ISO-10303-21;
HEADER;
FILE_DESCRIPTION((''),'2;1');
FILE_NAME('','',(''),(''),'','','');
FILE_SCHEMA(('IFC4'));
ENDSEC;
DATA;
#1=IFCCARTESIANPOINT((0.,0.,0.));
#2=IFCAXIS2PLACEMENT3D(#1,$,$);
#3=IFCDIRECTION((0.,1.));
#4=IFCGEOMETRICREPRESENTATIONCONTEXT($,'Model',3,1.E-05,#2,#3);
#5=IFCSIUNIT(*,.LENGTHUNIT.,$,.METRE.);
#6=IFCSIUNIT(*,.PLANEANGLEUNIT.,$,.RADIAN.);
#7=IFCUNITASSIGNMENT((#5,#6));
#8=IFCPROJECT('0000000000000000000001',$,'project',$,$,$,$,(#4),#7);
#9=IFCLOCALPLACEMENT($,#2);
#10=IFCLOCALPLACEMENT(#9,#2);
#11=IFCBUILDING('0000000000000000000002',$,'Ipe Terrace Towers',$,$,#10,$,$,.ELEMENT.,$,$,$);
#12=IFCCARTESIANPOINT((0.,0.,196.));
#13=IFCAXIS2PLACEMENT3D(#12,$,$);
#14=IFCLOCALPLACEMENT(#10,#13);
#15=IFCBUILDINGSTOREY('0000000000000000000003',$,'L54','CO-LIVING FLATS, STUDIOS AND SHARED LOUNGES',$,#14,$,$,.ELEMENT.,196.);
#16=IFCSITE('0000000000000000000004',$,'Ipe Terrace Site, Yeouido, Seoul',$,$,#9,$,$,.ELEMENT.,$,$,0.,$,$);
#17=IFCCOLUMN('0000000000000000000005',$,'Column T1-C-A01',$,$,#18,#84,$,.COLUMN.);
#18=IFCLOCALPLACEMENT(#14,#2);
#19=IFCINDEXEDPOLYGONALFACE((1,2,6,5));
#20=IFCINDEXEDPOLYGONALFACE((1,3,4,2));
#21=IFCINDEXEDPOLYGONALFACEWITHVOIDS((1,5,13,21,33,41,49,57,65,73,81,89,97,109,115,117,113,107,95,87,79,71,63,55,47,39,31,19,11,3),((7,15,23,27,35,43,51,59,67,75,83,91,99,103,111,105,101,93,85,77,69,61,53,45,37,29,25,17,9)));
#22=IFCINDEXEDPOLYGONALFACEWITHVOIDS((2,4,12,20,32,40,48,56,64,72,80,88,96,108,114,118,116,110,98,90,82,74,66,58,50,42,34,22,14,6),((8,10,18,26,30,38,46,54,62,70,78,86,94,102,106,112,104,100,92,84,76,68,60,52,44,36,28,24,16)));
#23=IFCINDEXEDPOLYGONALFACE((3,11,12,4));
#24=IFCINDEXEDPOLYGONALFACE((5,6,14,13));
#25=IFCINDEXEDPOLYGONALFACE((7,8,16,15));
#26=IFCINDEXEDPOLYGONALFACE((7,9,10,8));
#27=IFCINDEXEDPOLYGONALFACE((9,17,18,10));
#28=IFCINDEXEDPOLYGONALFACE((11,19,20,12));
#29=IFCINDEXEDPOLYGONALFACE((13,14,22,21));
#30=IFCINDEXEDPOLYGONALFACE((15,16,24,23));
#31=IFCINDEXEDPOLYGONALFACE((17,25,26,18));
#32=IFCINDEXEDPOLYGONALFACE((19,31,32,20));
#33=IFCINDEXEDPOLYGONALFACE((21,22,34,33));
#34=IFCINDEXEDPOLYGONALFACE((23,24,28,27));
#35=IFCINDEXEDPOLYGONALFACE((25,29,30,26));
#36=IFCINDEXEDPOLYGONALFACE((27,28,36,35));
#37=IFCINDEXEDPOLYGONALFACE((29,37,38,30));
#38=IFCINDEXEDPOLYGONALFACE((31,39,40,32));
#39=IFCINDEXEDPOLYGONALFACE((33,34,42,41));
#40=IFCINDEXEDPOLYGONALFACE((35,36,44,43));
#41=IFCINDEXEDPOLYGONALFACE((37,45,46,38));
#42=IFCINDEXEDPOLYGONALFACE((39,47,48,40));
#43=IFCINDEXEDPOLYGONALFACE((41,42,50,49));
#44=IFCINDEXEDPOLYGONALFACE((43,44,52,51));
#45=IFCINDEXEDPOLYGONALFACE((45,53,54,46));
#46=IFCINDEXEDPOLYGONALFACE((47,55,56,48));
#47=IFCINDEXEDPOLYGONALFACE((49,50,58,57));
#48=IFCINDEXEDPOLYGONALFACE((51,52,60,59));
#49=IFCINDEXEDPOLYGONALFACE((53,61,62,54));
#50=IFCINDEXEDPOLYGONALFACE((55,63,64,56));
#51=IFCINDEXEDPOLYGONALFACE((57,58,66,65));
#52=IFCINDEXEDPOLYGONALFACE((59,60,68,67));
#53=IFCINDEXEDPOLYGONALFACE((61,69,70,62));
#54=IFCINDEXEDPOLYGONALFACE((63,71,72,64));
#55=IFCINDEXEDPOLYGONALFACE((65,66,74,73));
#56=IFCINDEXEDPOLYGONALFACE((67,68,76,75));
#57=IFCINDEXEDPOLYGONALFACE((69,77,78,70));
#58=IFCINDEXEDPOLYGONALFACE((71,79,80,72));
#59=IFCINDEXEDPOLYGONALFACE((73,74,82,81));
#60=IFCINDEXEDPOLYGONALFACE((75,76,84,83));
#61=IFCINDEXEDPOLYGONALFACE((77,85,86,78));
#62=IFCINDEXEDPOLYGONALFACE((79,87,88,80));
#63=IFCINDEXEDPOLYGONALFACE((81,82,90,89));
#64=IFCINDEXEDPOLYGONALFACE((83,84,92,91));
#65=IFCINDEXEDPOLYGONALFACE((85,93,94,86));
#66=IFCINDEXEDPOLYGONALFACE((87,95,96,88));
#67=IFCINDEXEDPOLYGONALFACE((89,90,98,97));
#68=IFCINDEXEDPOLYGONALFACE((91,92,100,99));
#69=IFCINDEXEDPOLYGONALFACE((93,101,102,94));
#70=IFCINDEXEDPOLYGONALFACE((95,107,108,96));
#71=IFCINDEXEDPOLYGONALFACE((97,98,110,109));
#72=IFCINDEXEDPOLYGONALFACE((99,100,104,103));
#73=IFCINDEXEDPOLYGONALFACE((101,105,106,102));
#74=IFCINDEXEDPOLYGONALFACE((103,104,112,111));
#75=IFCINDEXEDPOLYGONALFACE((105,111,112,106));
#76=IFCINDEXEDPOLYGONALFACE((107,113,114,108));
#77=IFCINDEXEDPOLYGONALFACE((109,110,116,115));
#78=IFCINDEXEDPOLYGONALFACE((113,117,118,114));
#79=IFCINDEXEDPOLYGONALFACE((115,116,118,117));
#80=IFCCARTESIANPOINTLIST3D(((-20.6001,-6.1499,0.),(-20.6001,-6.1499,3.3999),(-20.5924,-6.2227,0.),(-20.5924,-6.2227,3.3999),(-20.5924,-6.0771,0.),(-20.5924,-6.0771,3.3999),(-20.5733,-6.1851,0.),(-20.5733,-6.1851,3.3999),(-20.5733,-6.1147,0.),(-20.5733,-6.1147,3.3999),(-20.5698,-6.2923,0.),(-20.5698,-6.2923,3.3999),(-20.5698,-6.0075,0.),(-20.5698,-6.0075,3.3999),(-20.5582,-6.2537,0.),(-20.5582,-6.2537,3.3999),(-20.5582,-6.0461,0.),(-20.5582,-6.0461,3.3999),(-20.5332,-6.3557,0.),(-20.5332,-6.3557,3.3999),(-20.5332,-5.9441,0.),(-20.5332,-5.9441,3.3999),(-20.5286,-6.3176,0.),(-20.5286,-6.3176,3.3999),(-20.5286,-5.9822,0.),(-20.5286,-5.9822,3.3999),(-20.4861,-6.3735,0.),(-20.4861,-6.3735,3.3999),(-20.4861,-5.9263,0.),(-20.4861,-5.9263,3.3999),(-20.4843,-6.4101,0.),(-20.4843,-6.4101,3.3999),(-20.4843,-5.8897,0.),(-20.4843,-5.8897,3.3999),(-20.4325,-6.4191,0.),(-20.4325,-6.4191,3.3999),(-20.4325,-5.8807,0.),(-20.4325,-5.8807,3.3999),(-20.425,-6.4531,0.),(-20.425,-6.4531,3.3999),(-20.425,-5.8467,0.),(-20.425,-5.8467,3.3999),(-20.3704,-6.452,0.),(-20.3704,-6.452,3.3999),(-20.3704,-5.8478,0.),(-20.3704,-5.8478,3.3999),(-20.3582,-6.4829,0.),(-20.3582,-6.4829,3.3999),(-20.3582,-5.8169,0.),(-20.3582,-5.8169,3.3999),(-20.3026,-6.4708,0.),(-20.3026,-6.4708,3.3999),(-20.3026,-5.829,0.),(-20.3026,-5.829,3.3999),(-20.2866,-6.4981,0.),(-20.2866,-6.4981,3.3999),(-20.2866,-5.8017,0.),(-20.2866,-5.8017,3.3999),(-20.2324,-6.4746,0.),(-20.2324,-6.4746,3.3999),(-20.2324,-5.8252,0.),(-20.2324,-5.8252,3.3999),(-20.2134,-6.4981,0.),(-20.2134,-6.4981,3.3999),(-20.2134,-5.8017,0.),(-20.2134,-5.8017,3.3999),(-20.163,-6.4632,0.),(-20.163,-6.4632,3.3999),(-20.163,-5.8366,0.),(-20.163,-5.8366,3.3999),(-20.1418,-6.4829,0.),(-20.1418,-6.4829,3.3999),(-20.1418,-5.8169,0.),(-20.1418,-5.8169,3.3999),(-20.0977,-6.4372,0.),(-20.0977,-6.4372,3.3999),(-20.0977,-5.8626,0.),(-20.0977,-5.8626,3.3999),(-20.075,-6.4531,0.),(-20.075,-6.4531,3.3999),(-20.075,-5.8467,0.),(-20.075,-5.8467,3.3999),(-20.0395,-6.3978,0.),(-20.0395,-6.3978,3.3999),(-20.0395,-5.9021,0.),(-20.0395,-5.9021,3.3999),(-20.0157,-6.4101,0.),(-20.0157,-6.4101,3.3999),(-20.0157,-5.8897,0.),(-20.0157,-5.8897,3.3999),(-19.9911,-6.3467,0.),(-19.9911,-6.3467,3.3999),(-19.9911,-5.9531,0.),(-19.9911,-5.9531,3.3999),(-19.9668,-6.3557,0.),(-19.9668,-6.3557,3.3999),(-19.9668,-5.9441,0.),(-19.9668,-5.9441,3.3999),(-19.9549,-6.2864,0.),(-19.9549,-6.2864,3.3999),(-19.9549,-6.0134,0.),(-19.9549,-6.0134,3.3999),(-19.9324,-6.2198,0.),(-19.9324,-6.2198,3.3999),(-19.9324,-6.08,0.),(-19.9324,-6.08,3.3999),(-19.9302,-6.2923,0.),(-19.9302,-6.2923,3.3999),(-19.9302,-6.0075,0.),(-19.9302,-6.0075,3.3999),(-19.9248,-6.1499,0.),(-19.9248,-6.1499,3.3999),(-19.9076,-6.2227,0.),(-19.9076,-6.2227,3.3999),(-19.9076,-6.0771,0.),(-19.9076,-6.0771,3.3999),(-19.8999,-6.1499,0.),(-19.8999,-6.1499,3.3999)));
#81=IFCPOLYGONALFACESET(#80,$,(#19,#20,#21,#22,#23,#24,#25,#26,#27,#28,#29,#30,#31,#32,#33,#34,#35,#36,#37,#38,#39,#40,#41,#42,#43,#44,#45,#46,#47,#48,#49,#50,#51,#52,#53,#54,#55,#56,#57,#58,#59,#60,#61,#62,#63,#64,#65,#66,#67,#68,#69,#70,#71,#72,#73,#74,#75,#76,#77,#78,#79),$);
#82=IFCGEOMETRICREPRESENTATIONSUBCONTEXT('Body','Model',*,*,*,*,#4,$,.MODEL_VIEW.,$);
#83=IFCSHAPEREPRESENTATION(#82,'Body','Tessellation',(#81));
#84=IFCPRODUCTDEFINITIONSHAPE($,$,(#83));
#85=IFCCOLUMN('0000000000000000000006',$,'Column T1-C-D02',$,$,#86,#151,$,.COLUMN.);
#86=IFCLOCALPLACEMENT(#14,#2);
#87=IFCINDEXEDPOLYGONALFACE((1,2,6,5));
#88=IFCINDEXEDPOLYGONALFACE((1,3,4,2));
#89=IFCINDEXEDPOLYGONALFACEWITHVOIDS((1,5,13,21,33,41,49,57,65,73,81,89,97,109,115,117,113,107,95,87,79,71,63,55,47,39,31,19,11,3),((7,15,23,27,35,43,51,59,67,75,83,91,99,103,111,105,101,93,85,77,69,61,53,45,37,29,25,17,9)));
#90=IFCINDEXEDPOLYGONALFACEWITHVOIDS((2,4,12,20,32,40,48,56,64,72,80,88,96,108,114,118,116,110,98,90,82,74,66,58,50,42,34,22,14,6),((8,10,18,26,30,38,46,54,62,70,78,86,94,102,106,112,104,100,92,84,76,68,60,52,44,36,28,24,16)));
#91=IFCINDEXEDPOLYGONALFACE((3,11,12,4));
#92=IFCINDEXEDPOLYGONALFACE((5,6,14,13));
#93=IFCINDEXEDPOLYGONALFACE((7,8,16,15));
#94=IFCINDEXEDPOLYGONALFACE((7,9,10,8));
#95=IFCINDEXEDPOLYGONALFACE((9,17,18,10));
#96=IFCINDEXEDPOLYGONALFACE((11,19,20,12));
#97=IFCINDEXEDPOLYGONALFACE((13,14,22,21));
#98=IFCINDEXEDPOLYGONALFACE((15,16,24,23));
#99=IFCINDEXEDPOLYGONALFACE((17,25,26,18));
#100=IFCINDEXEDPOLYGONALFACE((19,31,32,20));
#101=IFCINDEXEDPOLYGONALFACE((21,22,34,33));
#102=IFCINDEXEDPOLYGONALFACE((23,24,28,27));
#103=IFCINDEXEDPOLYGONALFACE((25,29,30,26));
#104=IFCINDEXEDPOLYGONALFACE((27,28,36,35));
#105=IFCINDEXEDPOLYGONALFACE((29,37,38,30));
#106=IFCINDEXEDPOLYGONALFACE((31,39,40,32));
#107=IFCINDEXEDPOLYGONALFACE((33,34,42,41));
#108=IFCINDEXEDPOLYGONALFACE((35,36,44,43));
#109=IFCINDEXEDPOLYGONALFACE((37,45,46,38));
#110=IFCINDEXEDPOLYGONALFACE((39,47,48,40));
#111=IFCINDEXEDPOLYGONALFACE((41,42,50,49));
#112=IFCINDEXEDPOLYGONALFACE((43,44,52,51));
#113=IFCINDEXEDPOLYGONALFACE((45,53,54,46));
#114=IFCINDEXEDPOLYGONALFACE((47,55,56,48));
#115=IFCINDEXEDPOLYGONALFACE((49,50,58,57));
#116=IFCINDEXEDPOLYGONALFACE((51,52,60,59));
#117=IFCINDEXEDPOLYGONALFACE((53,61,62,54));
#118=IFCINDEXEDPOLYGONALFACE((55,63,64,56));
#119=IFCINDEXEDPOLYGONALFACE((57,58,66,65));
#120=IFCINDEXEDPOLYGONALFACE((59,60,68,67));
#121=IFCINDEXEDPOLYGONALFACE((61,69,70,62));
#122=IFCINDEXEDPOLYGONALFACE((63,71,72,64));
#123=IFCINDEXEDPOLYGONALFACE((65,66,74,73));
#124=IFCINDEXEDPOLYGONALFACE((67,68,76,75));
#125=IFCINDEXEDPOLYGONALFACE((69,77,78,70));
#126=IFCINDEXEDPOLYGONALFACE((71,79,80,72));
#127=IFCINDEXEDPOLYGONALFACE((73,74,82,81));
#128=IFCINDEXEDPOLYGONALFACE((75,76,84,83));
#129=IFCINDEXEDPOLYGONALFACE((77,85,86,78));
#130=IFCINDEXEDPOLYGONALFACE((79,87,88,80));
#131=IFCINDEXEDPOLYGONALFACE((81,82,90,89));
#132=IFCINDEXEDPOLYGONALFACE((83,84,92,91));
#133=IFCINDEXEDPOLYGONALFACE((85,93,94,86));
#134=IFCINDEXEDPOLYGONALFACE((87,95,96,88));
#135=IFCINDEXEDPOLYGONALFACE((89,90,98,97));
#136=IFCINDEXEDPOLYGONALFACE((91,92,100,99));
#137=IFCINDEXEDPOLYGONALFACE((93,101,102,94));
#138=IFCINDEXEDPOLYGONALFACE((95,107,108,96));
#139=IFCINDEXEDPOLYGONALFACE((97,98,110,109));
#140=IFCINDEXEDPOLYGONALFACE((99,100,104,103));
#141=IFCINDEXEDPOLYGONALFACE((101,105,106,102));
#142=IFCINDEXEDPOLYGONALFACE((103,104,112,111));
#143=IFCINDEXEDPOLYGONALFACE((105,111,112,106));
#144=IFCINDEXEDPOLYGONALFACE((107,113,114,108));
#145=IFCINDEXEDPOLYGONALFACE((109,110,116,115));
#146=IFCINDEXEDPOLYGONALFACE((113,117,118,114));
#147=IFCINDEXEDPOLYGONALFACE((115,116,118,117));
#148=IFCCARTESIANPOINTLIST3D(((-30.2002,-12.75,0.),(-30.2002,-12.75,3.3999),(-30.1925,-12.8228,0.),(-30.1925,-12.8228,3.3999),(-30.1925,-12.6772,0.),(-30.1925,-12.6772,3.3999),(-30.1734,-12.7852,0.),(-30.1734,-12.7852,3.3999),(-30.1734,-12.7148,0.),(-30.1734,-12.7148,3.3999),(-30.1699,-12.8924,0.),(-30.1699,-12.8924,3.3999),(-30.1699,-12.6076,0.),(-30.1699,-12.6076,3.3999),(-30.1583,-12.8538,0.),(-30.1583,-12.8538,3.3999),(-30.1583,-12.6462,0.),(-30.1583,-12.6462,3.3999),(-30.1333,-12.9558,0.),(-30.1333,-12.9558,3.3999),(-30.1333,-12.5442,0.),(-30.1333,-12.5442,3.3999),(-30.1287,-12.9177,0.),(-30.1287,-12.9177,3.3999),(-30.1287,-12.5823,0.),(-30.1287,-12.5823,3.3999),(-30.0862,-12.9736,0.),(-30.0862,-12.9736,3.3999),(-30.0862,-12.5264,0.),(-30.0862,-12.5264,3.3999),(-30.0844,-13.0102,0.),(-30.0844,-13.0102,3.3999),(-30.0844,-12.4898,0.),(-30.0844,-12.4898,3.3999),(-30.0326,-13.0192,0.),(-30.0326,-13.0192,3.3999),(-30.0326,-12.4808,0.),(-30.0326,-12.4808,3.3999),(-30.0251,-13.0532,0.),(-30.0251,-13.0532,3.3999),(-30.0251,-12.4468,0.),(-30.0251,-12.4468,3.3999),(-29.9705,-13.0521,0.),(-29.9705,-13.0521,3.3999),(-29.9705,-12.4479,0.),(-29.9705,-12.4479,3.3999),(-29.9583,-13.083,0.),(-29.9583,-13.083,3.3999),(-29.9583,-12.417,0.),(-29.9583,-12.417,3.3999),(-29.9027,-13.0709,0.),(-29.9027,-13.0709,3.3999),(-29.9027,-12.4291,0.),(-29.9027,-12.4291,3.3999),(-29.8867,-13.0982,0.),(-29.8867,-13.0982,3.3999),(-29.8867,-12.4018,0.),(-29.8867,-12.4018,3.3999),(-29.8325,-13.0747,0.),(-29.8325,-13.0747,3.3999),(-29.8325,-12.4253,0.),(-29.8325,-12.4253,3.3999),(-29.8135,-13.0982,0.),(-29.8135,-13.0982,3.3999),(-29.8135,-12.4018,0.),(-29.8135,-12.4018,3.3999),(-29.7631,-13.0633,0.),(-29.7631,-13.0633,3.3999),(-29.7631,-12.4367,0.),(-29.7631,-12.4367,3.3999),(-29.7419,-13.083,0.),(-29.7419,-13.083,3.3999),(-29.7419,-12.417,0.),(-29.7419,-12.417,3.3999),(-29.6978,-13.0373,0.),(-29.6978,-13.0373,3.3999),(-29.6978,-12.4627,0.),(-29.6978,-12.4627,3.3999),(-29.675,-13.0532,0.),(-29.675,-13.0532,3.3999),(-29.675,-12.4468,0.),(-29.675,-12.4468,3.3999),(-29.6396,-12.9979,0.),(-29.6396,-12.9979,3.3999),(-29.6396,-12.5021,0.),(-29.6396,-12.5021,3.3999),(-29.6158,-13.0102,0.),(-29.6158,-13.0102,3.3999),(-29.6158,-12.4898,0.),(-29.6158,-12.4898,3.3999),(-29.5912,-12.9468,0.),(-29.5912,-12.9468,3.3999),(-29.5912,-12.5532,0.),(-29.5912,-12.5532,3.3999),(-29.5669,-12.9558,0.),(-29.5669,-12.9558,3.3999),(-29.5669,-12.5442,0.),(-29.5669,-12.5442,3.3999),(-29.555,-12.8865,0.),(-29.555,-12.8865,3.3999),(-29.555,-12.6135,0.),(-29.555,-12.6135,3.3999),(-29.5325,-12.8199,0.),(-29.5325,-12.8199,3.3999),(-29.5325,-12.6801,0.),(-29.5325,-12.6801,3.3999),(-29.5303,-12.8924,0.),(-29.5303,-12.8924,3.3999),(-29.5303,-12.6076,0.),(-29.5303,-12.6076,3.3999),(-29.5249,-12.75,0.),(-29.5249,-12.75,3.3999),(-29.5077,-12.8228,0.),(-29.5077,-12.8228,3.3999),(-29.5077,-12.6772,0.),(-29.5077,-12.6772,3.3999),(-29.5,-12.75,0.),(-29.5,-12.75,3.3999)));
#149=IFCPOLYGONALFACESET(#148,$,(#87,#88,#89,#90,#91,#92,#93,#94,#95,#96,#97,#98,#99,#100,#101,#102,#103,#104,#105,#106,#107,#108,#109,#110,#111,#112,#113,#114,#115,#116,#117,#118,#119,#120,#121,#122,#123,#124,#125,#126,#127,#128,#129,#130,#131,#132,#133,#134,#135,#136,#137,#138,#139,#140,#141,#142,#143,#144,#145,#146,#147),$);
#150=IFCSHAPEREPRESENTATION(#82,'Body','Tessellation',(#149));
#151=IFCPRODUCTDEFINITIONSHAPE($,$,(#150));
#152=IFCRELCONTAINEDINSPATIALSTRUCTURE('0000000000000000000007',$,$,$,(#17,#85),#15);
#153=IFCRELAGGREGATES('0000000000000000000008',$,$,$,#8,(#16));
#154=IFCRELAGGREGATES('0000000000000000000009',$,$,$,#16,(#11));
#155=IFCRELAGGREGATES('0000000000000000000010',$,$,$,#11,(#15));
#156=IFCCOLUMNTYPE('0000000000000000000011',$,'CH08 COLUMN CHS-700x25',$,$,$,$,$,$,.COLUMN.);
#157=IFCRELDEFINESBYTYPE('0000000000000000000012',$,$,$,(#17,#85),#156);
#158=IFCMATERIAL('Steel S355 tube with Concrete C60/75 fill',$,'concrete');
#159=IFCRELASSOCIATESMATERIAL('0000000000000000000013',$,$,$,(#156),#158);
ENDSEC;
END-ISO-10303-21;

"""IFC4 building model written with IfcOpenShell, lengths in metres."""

from ifc_helpers import new_model, si_unit, direction, frame, origin, origin_2d, place, context, subcontext, project, spatial, hollow_circle, extrude, material, material_profile, profile_set, type_object, element, save


model = new_model("IFC4")

# Units and contexts
model_context = context("Model", 3, precision=1e-05, world=origin(), true_north=direction((0.0, 1.0)))
body_context = subcontext(model_context, "Body", "Model", "MODEL_VIEW")
ifc_project = project(units=[si_unit("LENGTHUNIT", "METRE"), si_unit("PLANEANGLEUNIT", "RADIAN")], contexts=[model_context])

# Site, building, storey
site_placement = place(None, origin())
site = spatial("IfcSite", under=ifc_project, at=site_placement, Name="Ipe Terrace Site, Yeouido, Seoul", CompositionType="ELEMENT", RefElevation=0.0)
building_placement = place(site_placement, origin())
building = spatial("IfcBuilding", under=site, at=building_placement, Name="Ipe Terrace Towers", CompositionType="ELEMENT")
storey_placement = place(building_placement, frame((0.0, 0.0, 196.0)))
storey = spatial("IfcBuildingStorey", under=building, at=storey_placement, Name="L54", Description="CO-LIVING FLATS, STUDIOS AND SHARED LOUNGES", CompositionType="ELEMENT", Elevation=196.0)

# Columns
ifc_material_1 = material(Name="Steel S355 tube with Concrete C60/75 fill", Category="concrete")
ifc_material_profile_1 = material_profile(ifc_material_1, hollow_circle(Radius=0.3501, WallThickness=0.0249, at=origin_2d()), Name="CHS-700x25")
ifc_profile_set_1 = profile_set([ifc_material_profile_1], Name="Steel S355 tube with Concrete C60/75 fill")
column_type_1 = type_object("IfcColumnType", Name="CH08 COLUMN CHS-700x25", PredefinedType="COLUMN", material=ifc_profile_set_1)
for number, where, z_axis, x_axis, name in (
    (1, (-20.25, -6.1499, 0.0), (0.0, 0.0, 1.0), (1.0, 0.0, 0.0), "Column T1-C-A01"),
    (2, (-29.8501, -12.75, 0.0), (0.0, 0.0, 1.0), (1.0, 0.0, 0.0), "Column T1-C-D02"),
):
    element("IfcColumn", number, at=place(storey_placement, frame(where, z_axis=z_axis, x_axis=x_axis)), inside=storey, type_object=column_type_1, Name=name, PredefinedType="COLUMN", context=body_context, shape_type="SweptSolid", body=[
        extrude(hollow_circle(Radius=0.3501, WallThickness=0.0249, at=origin_2d()), origin(), (0.0, 0.0, 1.0), 3.3999),
    ])

save(model, "model.ifc")
